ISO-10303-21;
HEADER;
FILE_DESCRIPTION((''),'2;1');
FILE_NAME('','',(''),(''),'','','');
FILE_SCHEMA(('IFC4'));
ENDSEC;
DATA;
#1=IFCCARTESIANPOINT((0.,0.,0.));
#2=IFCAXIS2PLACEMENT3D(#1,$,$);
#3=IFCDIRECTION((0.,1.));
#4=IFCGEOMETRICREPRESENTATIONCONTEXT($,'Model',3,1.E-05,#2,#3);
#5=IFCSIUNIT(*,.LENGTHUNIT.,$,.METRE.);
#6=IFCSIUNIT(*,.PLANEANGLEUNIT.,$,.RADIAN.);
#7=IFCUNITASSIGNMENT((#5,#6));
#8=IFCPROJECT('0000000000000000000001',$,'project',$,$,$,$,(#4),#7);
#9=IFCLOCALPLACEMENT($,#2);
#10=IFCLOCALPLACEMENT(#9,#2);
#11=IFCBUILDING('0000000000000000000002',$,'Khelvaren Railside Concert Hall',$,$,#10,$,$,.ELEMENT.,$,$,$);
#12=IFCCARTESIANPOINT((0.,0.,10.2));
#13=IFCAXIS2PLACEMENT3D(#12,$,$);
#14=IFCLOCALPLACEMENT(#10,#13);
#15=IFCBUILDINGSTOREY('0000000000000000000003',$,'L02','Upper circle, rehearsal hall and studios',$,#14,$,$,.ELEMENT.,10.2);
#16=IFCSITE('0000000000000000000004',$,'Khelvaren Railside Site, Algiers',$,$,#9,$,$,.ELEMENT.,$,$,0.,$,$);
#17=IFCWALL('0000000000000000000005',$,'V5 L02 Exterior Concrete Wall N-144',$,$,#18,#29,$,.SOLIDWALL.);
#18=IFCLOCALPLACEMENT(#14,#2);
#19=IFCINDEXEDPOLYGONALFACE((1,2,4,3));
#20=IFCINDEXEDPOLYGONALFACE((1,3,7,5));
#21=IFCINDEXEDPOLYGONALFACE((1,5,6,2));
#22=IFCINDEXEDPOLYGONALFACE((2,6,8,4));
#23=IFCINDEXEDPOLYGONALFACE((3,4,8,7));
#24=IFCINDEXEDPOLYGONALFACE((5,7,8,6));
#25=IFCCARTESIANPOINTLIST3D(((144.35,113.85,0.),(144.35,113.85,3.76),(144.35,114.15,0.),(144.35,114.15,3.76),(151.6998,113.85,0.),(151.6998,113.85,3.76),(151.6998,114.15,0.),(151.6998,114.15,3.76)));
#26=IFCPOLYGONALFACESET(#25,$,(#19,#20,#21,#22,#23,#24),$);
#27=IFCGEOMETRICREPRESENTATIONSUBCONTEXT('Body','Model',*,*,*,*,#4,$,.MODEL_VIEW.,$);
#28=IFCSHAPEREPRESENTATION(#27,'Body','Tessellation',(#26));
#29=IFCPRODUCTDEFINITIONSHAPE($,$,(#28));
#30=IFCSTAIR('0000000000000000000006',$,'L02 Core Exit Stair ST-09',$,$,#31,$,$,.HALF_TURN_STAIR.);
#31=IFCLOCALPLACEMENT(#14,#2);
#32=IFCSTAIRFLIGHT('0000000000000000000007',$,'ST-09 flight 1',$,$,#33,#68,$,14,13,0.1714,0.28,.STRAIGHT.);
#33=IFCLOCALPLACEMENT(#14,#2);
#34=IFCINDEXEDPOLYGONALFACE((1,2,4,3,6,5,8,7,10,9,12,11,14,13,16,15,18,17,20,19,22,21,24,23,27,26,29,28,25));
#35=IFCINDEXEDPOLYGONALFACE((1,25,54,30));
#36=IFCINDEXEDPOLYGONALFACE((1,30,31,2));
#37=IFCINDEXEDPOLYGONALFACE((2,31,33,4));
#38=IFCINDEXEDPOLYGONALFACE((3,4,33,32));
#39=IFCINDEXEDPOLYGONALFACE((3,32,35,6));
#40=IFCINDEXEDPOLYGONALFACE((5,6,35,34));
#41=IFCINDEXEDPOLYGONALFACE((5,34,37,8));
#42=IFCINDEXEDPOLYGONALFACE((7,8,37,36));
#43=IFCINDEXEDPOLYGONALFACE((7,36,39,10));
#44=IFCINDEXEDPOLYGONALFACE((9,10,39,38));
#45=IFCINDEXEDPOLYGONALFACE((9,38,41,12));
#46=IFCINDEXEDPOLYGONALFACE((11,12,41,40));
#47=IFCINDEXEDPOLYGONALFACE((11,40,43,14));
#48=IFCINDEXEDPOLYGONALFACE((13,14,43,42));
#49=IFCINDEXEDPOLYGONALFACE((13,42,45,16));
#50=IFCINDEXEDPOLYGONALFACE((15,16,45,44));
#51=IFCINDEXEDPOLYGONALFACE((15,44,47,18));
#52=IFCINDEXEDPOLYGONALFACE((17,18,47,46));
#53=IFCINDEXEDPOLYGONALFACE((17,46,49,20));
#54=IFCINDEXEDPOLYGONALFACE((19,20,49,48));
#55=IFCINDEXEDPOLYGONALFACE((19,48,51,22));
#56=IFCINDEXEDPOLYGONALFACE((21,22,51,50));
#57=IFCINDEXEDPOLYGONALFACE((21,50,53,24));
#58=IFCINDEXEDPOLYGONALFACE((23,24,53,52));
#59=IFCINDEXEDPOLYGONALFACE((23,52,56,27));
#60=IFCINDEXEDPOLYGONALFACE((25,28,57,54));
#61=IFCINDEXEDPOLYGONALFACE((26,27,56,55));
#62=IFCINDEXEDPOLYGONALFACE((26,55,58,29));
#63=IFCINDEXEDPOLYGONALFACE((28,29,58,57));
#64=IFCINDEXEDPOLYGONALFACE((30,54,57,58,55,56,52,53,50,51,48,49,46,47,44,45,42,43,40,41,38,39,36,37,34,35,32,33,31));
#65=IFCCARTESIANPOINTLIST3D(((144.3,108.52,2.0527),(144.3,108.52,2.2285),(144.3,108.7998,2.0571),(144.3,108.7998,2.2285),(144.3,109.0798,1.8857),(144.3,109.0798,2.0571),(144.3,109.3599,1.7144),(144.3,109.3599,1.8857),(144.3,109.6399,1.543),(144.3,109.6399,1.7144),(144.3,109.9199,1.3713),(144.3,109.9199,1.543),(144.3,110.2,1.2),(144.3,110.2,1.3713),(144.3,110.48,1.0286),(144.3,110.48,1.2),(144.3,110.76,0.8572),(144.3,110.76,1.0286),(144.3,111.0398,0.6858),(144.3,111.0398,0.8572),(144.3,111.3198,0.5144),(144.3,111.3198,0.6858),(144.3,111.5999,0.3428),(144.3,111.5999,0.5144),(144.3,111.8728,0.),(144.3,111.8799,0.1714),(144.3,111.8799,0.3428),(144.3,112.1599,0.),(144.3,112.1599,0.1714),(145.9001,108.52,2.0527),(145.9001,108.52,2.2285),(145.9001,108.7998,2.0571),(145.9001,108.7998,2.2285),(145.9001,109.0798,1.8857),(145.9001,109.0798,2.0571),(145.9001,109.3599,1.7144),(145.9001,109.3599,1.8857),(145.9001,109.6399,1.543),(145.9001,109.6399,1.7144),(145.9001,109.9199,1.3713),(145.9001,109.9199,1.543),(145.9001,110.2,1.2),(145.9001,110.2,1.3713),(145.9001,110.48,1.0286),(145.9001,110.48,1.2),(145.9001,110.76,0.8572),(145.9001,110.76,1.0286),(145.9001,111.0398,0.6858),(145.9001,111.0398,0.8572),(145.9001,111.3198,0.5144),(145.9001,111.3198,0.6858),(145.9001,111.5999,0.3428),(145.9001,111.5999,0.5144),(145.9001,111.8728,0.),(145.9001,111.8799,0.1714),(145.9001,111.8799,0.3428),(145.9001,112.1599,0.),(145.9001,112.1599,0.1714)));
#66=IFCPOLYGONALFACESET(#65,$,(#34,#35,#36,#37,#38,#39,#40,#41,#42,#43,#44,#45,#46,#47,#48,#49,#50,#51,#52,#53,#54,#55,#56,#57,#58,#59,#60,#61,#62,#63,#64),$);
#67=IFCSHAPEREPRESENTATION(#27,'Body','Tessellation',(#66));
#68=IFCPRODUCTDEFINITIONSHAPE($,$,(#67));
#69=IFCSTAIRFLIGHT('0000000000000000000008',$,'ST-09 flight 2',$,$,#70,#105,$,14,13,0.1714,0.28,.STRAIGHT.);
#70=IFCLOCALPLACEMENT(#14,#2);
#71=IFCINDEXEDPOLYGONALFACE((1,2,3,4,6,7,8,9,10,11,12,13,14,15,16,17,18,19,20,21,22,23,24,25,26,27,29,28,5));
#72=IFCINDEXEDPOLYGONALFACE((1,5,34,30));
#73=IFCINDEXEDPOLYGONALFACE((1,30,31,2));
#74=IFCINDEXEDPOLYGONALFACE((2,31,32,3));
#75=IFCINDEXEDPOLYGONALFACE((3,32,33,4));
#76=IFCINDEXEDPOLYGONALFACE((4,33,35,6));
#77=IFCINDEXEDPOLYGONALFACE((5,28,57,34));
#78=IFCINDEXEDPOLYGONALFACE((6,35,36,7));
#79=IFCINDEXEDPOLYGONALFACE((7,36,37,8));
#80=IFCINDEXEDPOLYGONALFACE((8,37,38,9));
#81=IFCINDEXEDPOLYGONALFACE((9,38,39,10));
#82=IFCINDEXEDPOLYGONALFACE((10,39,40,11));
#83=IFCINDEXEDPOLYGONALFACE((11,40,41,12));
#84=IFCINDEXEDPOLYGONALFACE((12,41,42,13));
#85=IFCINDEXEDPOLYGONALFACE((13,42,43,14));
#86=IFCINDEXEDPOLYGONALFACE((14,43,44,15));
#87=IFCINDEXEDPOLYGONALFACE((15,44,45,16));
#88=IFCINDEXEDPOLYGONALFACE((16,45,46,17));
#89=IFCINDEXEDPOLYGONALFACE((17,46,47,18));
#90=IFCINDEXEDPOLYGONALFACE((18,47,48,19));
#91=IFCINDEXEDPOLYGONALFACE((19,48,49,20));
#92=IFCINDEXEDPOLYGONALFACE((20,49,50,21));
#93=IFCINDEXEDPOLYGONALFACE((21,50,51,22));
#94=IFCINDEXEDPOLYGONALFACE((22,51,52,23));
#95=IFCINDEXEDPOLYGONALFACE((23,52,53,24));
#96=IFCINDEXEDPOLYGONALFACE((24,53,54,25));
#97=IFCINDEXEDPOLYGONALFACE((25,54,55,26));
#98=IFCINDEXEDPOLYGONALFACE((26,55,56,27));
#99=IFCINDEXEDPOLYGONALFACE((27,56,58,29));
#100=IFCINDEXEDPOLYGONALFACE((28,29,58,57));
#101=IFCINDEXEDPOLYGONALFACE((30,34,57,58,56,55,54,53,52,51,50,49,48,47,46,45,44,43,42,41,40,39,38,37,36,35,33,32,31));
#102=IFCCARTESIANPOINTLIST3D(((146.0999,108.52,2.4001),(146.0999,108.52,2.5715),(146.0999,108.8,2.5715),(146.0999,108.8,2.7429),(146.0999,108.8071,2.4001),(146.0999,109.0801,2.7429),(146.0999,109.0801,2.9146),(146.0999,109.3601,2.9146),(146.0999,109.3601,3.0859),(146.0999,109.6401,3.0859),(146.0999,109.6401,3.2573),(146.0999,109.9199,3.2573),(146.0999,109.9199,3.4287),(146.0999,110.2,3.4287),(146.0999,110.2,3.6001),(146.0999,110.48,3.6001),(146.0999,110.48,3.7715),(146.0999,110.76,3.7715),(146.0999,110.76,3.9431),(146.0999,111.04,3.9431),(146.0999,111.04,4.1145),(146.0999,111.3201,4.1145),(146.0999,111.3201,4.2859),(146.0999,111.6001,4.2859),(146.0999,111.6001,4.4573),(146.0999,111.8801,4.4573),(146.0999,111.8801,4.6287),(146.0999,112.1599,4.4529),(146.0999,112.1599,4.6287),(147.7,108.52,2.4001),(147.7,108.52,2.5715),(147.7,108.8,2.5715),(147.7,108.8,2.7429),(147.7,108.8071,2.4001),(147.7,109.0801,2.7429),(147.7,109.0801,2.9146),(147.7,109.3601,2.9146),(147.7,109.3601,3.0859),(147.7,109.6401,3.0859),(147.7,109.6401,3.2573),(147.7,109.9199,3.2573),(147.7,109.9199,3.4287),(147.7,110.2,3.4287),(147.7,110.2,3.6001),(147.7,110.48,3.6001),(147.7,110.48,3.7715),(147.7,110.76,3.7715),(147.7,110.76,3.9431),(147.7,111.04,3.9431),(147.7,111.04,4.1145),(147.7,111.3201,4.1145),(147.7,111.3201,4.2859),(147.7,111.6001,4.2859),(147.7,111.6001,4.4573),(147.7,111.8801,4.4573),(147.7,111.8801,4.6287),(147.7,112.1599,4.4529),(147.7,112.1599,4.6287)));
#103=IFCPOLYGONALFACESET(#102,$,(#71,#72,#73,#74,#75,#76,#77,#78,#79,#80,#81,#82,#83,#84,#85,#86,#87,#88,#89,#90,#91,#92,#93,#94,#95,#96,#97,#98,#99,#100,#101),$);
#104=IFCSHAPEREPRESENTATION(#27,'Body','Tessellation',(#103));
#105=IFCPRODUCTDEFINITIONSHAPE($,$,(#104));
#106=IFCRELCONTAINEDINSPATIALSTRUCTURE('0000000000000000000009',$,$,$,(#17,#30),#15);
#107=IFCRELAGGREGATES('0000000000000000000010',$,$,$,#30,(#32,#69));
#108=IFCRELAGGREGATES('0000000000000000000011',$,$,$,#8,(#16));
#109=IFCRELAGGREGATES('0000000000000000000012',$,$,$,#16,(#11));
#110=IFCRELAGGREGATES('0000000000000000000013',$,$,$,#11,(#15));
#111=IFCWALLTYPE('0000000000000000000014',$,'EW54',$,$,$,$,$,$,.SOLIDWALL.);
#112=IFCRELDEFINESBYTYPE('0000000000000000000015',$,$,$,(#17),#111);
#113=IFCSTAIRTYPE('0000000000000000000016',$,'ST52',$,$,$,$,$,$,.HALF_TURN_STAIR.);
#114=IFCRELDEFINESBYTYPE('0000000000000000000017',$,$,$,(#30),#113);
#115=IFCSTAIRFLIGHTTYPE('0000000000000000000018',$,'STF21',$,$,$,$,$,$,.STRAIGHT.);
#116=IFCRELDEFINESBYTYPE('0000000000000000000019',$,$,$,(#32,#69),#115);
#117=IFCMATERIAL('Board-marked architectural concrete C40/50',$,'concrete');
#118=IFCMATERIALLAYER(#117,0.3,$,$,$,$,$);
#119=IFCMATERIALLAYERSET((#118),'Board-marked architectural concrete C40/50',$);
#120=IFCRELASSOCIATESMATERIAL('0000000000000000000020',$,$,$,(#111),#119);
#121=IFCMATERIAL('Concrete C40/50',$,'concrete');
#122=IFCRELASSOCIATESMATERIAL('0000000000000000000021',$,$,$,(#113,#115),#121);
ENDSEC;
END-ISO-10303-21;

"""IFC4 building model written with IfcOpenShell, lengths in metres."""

from ifc_helpers import new_model, si_unit, direction, frame, frame_2d, origin, place, context, subcontext, project, spatial, polyline, rectangle, outline, extrude, material, layer, layer_set, type_object, element, aggregate, save


model = new_model("IFC4")

# Units and contexts
model_context = context("Model", 3, precision=1e-05, world=origin(), true_north=direction((0.0, 1.0)))
body_context = subcontext(model_context, "Body", "Model", "MODEL_VIEW")
ifc_project = project(units=[si_unit("LENGTHUNIT", "METRE"), si_unit("PLANEANGLEUNIT", "RADIAN")], contexts=[model_context])

# Site, building, storey
site_placement = place(None, origin())
site = spatial("IfcSite", under=ifc_project, at=site_placement, Name="Khelvaren Railside Site, Algiers", CompositionType="ELEMENT", RefElevation=0.0)
building_placement = place(site_placement, origin())
building = spatial("IfcBuilding", under=site, at=building_placement, Name="Khelvaren Railside Concert Hall", CompositionType="ELEMENT")
storey_placement = place(building_placement, frame((0.0, 0.0, 10.2)))
storey = spatial("IfcBuildingStorey", under=building, at=storey_placement, Name="L02", Description="Upper circle, rehearsal hall and studios", CompositionType="ELEMENT", Elevation=10.2)

# Shared definitions
ifc_material_1 = material(Name="Concrete C40/50", Category="concrete")

# Wall
ifc_material_2 = material(Name="Board-marked architectural concrete C40/50", Category="concrete")
ifc_layer_1 = layer(ifc_material_2, 0.3)
ifc_layer_set_1 = layer_set([ifc_layer_1], Name="Board-marked architectural concrete C40/50")
wall_type_1 = type_object("IfcWallType", Name="EW54", PredefinedType="SOLIDWALL", material=ifc_layer_set_1)
wall_1_placement = place(storey_placement, frame((144.3501, 114.0, 0.0), z_axis=(0.0, 0.0, 1.0), x_axis=(1.0, 0.0, 0.0)))
element("IfcWall", 1, at=wall_1_placement, inside=storey, type_object=wall_type_1, Name="V5 L02 Exterior Concrete Wall N-144", PredefinedType="SOLIDWALL", context=body_context, shape_type="SweptSolid", body=[
    extrude(rectangle(XDim=7.3499, YDim=0.3, at=frame_2d((3.6748, 0.0))), origin(), (0.0, 0.0, 1.0), 3.76),
])

# Stair, stair flights
stair_type = type_object("IfcStairType", Name="ST52", PredefinedType="HALF_TURN_STAIR", material=ifc_material_1)
stair_placement = place(storey_placement, origin())
stair = element("IfcStair", 2, at=stair_placement, inside=storey, type_object=stair_type, Name="L02 Core Exit Stair ST-09", PredefinedType="HALF_TURN_STAIR")
stair_flight_type = type_object("IfcStairFlightType", Name="STF21", PredefinedType="STRAIGHT", material=ifc_material_1)
stair_flight_1_placement = place(storey_placement, frame((145.1001, 112.1599, 0.0), z_axis=(0.0, 0.0, 1.0), x_axis=(0.0, -1.0, 0.0)))
stair_flight_1 = element("IfcStairFlight", 3, at=stair_flight_1_placement, type_object=stair_flight_type, Name="ST-09 flight 1", NumberOfRisers=14, NumberOfTreads=13, PredefinedType="STRAIGHT", RiserHeight=0.1714, TreadLength=0.28, context=body_context, shape_type="SweptSolid", body=[
    extrude(outline(polyline([(0.0, 0.0), (0.0, 0.1714), (0.28, 0.1714), (0.28, 0.3428), (0.5601, 0.3428), (0.5601, 0.5144), (0.8401, 0.5144), (0.8401, 0.6858), (1.1201, 0.6858), (1.1201, 0.8572), (1.3999, 0.8572), (1.3999, 1.0286), (1.6799, 1.0286), (1.6799, 1.2), (1.96, 1.2), (1.96, 1.3713), (2.24, 1.3713), (2.24, 1.543), (2.52, 1.543), (2.52, 1.7144), (2.8, 1.7144), (2.8, 1.8857), (3.0801, 1.8857), (3.0801, 2.0571), (3.3601, 2.0571), (3.3601, 2.2285), (3.6399, 2.2285), (3.6399, 2.3999), (3.6399, 2.0527), (0.2871, 0.0), (0.0, 0.0)])), frame((0.0, 0.8, 0.0), z_axis=(0.0, -1.0, 0.0), x_axis=(1.0, 0.0, 0.0)), (0.0, 0.0, 1.0), 1.6001),
])
stair_flight_2_placement = place(storey_placement, frame((146.8999, 108.52, 2.4001), z_axis=(0.0, 0.0, 1.0), x_axis=(0.0, 1.0, 0.0)))
stair_flight_2 = element("IfcStairFlight", 4, at=stair_flight_2_placement, type_object=stair_flight_type, Name="ST-09 flight 2", NumberOfRisers=14, NumberOfTreads=13, PredefinedType="STRAIGHT", RiserHeight=0.1714, TreadLength=0.28, context=body_context, shape_type="SweptSolid", body=[
    extrude(outline(polyline([(0.0, 0.0), (0.0, 0.1714), (0.28, 0.1714), (0.28, 0.3428), (0.5601, 0.3428), (0.5601, 0.5144), (0.8401, 0.5144), (0.8401, 0.6858), (1.1201, 0.6858), (1.1201, 0.8572), (1.3999, 0.8572), (1.3999, 1.0286), (1.6799, 1.0286), (1.6799, 1.2), (1.96, 1.2), (1.96, 1.3713), (2.24, 1.3713), (2.24, 1.543), (2.52, 1.543), (2.52, 1.7144), (2.8, 1.7144), (2.8, 1.8857), (3.0801, 1.8857), (3.0801, 2.0571), (3.3601, 2.0571), (3.3601, 2.2285), (3.6399, 2.2285), (3.6399, 2.3999), (3.6399, 2.0527), (0.2871, 0.0), (0.0, 0.0)])), frame((0.0, 0.8, 0.0), z_axis=(0.0, -1.0, 0.0), x_axis=(1.0, 0.0, 0.0)), (0.0, 0.0, 1.0), 1.6001),
])
aggregate(stair, [stair_flight_1, stair_flight_2])

save(model, "model.ifc")
